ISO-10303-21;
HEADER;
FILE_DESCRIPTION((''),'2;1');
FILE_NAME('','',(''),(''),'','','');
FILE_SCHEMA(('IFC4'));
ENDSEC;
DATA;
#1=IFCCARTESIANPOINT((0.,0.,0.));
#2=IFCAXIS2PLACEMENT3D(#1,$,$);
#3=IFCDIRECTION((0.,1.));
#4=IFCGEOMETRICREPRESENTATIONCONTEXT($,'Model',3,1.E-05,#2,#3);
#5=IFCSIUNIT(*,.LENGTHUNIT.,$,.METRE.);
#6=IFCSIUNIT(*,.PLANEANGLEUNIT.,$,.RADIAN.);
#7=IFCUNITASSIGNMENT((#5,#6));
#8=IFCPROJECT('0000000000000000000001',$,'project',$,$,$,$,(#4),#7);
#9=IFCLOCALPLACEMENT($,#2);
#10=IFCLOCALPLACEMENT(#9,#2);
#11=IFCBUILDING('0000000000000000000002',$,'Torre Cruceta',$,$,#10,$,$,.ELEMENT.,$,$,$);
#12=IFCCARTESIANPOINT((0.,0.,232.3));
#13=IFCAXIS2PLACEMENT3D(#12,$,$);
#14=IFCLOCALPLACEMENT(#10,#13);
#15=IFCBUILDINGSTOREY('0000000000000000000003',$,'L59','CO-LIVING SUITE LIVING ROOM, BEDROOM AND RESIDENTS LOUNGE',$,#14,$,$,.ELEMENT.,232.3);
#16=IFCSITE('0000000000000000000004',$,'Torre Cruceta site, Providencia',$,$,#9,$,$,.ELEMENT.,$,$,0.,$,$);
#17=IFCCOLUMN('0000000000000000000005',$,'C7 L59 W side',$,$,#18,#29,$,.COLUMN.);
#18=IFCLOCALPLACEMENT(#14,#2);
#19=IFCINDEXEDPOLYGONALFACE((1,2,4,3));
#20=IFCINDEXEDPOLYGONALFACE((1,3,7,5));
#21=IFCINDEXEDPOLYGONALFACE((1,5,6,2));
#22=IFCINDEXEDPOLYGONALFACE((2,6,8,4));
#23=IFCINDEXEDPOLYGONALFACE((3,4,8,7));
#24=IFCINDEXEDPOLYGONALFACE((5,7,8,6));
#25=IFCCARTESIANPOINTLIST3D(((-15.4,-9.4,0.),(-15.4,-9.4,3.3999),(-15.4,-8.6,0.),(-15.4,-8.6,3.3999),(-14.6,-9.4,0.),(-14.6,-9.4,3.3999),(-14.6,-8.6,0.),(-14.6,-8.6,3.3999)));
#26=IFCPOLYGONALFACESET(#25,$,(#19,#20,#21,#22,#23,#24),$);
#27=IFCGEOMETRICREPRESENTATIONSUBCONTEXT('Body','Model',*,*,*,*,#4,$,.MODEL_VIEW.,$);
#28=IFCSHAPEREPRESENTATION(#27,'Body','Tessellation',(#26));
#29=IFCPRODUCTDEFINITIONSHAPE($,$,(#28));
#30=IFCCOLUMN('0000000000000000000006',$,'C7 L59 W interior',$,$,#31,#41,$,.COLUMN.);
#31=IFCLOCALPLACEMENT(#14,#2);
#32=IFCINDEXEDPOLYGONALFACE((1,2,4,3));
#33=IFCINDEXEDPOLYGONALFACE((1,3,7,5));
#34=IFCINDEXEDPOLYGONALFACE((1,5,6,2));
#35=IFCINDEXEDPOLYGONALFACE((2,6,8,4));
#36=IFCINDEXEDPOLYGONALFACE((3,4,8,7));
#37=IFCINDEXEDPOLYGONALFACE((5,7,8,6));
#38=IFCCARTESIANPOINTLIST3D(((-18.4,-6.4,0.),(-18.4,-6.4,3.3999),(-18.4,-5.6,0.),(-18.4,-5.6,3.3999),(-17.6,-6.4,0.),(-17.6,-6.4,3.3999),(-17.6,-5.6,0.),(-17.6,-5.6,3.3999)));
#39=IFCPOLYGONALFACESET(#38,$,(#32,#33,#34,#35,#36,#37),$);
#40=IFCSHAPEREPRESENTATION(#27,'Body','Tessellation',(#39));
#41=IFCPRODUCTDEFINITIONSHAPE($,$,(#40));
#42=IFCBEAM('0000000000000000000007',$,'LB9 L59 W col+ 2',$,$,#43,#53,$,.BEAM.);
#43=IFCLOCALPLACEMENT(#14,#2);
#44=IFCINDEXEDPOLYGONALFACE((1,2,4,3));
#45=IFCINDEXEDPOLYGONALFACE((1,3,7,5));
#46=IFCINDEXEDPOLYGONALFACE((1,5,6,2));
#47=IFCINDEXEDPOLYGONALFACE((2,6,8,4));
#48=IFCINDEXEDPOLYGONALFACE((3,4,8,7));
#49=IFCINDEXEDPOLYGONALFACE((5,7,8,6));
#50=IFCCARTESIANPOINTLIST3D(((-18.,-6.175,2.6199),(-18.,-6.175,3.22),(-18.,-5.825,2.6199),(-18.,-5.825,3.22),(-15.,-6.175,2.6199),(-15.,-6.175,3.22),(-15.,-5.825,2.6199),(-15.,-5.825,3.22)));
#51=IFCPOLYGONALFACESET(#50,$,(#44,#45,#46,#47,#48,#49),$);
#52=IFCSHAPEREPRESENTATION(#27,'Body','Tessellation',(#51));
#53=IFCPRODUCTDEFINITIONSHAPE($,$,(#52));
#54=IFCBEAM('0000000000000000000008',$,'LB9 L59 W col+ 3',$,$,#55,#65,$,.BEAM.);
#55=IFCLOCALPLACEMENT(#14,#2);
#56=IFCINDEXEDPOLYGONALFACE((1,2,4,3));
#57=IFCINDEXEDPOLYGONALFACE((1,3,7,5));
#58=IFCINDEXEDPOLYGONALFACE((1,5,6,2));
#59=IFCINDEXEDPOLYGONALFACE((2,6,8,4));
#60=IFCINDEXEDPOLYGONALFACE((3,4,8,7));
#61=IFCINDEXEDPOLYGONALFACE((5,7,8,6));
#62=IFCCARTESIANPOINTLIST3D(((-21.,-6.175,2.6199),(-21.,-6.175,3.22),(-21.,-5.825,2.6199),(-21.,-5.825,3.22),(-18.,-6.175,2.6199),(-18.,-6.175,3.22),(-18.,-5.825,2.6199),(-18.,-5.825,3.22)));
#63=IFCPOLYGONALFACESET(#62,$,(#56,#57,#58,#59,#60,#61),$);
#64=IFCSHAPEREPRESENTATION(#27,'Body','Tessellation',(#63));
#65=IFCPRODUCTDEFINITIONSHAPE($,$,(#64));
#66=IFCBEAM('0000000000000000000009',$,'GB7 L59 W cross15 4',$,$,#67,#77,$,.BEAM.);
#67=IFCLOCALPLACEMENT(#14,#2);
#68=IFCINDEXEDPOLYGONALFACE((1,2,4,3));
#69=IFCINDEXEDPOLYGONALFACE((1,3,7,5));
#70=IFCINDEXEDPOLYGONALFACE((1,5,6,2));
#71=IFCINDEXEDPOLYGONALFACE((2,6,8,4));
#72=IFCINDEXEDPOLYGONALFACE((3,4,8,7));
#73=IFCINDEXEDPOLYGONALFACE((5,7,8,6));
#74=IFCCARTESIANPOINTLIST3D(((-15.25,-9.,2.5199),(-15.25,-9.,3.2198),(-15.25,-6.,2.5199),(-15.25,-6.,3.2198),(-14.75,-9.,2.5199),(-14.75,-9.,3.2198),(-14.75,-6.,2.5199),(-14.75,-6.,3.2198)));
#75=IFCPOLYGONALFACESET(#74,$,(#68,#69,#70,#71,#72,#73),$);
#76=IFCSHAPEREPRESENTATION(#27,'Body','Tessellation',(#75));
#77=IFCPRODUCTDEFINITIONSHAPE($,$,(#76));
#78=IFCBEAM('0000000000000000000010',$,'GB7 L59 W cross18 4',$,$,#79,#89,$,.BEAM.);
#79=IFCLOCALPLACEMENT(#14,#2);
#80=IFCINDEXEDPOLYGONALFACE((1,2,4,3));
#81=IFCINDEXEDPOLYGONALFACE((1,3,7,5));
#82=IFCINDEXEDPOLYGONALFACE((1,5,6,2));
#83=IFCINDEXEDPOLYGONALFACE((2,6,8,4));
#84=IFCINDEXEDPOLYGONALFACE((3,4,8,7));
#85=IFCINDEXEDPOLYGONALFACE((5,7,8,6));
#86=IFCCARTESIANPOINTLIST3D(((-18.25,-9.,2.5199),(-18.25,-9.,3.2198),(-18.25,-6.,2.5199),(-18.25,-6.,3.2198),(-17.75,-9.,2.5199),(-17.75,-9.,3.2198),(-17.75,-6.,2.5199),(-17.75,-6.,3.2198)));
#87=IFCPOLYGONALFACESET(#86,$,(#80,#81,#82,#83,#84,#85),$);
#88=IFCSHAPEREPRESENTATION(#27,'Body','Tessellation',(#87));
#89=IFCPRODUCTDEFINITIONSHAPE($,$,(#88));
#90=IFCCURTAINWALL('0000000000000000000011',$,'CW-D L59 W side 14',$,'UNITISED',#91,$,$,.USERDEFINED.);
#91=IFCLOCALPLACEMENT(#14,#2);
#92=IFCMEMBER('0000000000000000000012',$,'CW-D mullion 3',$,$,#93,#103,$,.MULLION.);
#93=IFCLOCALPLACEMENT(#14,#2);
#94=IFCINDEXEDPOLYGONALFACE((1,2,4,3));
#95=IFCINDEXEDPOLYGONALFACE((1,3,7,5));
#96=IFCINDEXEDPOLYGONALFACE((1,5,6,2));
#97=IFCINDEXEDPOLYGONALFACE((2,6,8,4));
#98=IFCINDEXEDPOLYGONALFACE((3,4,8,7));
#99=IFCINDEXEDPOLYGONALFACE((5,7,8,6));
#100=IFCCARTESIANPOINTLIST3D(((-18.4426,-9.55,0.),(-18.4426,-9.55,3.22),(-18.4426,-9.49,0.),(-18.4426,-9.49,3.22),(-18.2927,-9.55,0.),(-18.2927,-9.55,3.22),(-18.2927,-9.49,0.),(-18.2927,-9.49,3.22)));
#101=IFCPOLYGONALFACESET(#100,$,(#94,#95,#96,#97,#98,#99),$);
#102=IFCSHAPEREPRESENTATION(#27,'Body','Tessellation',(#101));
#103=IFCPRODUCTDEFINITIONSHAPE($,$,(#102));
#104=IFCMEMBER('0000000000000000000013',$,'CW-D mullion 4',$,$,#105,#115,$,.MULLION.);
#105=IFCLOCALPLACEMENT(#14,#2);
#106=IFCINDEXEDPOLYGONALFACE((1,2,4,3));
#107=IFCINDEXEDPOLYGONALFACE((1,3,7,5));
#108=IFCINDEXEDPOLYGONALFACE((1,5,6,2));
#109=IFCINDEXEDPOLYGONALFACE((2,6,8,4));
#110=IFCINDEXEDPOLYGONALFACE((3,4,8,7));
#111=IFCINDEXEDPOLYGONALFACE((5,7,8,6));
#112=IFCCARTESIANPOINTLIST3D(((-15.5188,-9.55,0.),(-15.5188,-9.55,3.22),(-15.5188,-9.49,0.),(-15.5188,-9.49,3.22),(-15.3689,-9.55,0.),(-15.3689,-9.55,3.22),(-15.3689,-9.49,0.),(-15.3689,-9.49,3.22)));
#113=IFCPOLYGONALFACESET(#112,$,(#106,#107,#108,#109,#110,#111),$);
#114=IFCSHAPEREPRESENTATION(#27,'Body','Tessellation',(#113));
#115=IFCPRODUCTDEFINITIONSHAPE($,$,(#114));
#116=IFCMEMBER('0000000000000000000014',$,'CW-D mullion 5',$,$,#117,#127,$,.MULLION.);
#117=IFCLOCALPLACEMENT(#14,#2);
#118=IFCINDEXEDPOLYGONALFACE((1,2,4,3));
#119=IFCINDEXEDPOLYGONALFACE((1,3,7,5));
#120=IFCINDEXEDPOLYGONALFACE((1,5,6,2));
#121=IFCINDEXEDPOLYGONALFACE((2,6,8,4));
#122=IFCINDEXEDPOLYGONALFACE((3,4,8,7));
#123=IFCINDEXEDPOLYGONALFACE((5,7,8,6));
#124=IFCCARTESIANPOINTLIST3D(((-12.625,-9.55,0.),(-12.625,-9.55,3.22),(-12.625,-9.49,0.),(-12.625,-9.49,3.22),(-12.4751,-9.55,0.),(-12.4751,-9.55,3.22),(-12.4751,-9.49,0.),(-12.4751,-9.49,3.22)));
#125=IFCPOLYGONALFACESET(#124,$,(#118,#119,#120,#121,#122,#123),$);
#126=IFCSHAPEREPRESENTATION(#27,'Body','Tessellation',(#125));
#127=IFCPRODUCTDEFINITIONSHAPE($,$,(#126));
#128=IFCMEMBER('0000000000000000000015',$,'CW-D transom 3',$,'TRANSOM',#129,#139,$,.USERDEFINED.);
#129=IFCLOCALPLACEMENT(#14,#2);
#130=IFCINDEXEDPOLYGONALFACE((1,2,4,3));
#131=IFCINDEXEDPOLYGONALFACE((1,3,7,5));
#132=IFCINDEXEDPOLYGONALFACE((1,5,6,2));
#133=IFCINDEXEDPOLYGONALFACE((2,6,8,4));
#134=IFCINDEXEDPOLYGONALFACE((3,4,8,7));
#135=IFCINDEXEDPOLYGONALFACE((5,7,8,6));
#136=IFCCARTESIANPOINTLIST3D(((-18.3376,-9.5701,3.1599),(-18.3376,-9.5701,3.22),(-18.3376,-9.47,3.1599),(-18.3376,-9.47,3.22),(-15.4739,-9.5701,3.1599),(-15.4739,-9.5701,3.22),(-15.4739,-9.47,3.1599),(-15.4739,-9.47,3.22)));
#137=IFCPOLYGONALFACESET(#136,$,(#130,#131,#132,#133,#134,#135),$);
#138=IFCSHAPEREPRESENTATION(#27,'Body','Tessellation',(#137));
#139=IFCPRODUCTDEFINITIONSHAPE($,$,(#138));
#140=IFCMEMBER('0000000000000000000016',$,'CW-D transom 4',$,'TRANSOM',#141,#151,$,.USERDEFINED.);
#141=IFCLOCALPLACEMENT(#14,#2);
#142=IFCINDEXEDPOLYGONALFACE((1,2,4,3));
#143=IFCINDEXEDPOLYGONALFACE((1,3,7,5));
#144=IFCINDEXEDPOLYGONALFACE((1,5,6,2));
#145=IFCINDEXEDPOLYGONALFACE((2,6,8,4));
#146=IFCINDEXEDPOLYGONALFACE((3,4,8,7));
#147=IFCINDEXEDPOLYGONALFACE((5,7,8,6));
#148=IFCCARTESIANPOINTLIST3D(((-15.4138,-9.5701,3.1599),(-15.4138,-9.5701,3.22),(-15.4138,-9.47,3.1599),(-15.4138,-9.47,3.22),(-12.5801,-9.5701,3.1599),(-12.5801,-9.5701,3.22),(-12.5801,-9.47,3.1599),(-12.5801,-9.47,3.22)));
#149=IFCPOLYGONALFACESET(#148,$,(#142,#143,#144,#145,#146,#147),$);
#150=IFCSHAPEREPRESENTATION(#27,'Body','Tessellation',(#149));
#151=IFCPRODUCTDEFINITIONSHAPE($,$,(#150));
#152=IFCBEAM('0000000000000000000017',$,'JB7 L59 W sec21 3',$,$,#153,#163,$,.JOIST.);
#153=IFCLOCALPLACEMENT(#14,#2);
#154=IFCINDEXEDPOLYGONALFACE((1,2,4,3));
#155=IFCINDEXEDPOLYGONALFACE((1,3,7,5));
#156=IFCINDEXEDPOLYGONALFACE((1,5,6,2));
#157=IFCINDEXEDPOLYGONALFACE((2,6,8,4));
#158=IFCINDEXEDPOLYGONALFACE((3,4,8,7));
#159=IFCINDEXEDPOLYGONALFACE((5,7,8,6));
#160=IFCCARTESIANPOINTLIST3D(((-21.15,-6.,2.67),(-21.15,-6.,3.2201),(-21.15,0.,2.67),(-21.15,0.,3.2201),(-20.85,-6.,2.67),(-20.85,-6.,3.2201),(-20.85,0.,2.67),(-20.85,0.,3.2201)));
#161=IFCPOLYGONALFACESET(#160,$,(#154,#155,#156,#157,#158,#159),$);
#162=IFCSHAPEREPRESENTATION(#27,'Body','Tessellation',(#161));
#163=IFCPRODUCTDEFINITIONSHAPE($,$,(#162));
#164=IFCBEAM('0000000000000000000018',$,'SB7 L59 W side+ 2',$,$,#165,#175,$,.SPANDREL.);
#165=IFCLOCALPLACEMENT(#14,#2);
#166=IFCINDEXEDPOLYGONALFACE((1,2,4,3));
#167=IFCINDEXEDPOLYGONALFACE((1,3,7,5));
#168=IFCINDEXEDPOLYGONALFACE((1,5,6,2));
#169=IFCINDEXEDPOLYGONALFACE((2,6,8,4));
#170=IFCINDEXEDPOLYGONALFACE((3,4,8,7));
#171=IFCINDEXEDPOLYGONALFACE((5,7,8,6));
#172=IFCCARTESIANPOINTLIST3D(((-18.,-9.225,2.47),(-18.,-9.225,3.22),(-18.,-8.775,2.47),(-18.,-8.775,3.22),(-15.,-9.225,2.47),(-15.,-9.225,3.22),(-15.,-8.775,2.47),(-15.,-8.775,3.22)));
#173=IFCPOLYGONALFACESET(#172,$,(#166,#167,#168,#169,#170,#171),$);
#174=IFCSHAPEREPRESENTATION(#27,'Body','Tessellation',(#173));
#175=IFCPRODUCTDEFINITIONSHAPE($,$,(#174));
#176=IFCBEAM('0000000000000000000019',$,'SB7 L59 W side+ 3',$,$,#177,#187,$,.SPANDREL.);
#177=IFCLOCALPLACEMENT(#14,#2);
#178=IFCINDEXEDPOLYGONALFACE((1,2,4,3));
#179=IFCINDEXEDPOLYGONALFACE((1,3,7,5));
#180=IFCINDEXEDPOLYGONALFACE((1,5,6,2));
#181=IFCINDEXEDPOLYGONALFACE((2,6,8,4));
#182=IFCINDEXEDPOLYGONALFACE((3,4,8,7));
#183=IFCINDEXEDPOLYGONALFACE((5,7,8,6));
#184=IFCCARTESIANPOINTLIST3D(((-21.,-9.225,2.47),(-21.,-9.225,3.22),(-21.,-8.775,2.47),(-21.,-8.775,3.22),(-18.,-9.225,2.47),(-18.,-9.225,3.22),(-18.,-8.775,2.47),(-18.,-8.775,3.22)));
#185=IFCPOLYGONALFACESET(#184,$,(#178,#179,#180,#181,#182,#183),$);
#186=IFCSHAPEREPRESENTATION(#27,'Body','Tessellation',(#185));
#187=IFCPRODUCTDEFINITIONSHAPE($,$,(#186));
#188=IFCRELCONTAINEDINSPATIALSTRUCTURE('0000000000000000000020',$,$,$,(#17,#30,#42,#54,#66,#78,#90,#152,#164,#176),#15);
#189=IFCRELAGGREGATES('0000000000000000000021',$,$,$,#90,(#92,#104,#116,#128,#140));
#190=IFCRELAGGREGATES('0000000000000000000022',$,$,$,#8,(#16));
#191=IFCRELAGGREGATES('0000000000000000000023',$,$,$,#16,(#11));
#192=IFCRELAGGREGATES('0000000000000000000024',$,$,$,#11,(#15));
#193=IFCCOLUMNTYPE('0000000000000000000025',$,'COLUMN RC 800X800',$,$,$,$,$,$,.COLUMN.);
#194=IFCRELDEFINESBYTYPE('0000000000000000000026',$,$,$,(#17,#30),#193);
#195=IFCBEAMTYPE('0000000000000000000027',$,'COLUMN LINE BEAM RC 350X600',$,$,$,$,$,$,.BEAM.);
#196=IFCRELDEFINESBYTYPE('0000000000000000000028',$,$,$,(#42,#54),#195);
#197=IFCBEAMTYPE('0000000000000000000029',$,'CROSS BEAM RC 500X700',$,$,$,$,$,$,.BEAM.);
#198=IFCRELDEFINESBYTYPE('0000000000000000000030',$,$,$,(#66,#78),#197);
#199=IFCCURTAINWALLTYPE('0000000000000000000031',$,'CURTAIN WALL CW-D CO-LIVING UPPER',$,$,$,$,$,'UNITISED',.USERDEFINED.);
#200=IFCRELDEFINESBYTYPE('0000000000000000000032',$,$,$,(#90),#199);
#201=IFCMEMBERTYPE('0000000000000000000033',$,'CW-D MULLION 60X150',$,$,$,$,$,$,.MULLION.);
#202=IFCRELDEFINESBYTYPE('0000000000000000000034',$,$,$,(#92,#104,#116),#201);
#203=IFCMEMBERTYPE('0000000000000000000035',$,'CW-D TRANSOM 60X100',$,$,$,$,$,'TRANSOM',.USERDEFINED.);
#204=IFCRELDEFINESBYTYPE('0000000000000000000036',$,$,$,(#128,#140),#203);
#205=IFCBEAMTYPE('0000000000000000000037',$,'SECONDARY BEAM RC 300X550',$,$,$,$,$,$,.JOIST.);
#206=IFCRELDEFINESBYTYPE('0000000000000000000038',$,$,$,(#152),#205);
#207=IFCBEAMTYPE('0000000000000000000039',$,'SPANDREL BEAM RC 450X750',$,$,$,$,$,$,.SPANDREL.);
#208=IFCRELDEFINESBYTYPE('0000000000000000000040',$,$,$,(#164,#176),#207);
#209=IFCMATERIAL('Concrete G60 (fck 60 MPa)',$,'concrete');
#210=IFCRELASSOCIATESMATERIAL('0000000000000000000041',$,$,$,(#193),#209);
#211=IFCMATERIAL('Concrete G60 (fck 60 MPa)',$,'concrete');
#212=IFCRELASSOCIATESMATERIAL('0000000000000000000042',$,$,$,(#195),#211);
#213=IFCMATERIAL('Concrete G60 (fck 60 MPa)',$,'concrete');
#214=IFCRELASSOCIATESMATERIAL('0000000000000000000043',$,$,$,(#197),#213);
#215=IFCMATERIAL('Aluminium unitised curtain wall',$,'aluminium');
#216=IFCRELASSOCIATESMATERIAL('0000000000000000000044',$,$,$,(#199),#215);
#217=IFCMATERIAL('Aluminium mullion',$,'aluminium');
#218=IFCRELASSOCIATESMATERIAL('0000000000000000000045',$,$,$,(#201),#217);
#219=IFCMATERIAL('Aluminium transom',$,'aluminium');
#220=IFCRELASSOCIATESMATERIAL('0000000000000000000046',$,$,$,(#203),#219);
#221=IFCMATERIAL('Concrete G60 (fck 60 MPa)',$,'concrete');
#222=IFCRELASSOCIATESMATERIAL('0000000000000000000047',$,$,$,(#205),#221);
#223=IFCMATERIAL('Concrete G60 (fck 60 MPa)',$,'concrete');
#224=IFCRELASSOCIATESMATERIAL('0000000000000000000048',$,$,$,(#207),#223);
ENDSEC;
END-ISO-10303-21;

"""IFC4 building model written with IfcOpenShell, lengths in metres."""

from ifc_helpers import new_model, si_unit, direction, frame, origin, origin_2d, place, context, subcontext, project, spatial, rectangle, extrude, material, material_profile, profile_set, type_object, element, aggregate, save


model = new_model("IFC4")

# Units and contexts
model_context = context("Model", 3, precision=1e-05, world=origin(), true_north=direction((0.0, 1.0)))
body_context = subcontext(model_context, "Body", "Model", "MODEL_VIEW")
ifc_project = project(units=[si_unit("LENGTHUNIT", "METRE"), si_unit("PLANEANGLEUNIT", "RADIAN")], contexts=[model_context])

# Site, building, storey
site_placement = place(None, origin())
site = spatial("IfcSite", under=ifc_project, at=site_placement, Name="Torre Cruceta site, Providencia", CompositionType="ELEMENT", RefElevation=0.0)
building_placement = place(site_placement, origin())
building = spatial("IfcBuilding", under=site, at=building_placement, Name="Torre Cruceta", CompositionType="ELEMENT")
storey_placement = place(building_placement, frame((0.0, 0.0, 232.3)))
storey = spatial("IfcBuildingStorey", under=building, at=storey_placement, Name="L59", Description="CO-LIVING SUITE LIVING ROOM, BEDROOM AND RESIDENTS LOUNGE", CompositionType="ELEMENT", Elevation=232.3)

# Columns
ifc_material_1 = material(Name="Concrete G60 (fck 60 MPa)", Category="concrete")
ifc_material_profile_1 = material_profile(ifc_material_1, rectangle(XDim=0.8, YDim=0.8, at=origin_2d()), Name="RC 800X800")
ifc_profile_set_1 = profile_set([ifc_material_profile_1], Name="Concrete G60 (fck 60 MPa)")
column_type = type_object("IfcColumnType", Name="COLUMN RC 800X800", PredefinedType="COLUMN", material=ifc_profile_set_1)
for number, where, z_axis, x_axis, name in (
    (1, (-15.0, -9.0, 0.0), (0.0, 0.0, 1.0), (1.0, 0.0, 0.0), "C7 L59 W side"),
    (2, (-18.0, -6.0, 0.0), (0.0, 0.0, 1.0), (1.0, 0.0, 0.0), "C7 L59 W interior"),
):
    element("IfcColumn", number, at=place(storey_placement, frame(where, z_axis=z_axis, x_axis=x_axis)), inside=storey, type_object=column_type, Name=name, PredefinedType="COLUMN", context=body_context, shape_type="SweptSolid", body=[
        extrude(rectangle(XDim=0.8, YDim=0.8, at=origin_2d()), origin(), (0.0, 0.0, 1.0), 3.3999),
    ])

# Beams
ifc_material_2 = material(Name="Concrete G60 (fck 60 MPa)", Category="concrete")
ifc_material_profile_2 = material_profile(ifc_material_2, rectangle(XDim=0.3501, YDim=0.6001, at=origin_2d()), Name="RC 350X600")
ifc_profile_set_2 = profile_set([ifc_material_profile_2], Name="Concrete G60 (fck 60 MPa)")
beam_type_1 = type_object("IfcBeamType", Name="COLUMN LINE BEAM RC 350X600", PredefinedType="BEAM", material=ifc_profile_set_2)
for number, where, z_axis, x_axis, name in (
    (3, (-15.0, -6.0, 2.9199), (-1.0, 0.0, 0.0), (0.0, -1.0, 0.0), "LB9 L59 W col+ 2"),
    (4, (-18.0, -6.0, 2.9199), (-1.0, 0.0, 0.0), (0.0, -1.0, 0.0), "LB9 L59 W col+ 3"),
):
    element("IfcBeam", number, at=place(storey_placement, frame(where, z_axis=z_axis, x_axis=x_axis)), inside=storey, type_object=beam_type_1, Name=name, PredefinedType="BEAM", context=body_context, shape_type="SweptSolid", body=[
        extrude(rectangle(XDim=0.3501, YDim=0.6001, at=origin_2d()), origin(), (0.0, 0.0, 1.0), 3.0),
    ])
ifc_material_3 = material(Name="Concrete G60 (fck 60 MPa)", Category="concrete")
ifc_material_profile_3 = material_profile(ifc_material_3, rectangle(XDim=0.5, YDim=0.7, at=origin_2d()), Name="RC 500X700")
ifc_profile_set_3 = profile_set([ifc_material_profile_3], Name="Concrete G60 (fck 60 MPa)")
beam_type_2 = type_object("IfcBeamType", Name="CROSS BEAM RC 500X700", PredefinedType="BEAM", material=ifc_profile_set_3)
for number, where, z_axis, x_axis, name in (
    (5, (-15.0, -6.0, 2.8699), (0.0, -1.0, 0.0), (1.0, 0.0, 0.0), "GB7 L59 W cross15 4"),
    (6, (-18.0, -6.0, 2.8699), (0.0, -1.0, 0.0), (1.0, 0.0, 0.0), "GB7 L59 W cross18 4"),
):
    element("IfcBeam", number, at=place(storey_placement, frame(where, z_axis=z_axis, x_axis=x_axis)), inside=storey, type_object=beam_type_2, Name=name, PredefinedType="BEAM", context=body_context, shape_type="SweptSolid", body=[
        extrude(rectangle(XDim=0.5, YDim=0.7, at=origin_2d()), origin(), (0.0, 0.0, 1.0), 3.0),
    ])

# Curtain wall, members
ifc_material_4 = material(Name="Aluminium unitised curtain wall", Category="aluminium")
curtain_wall_type = type_object("IfcCurtainWallType", Name="CURTAIN WALL CW-D CO-LIVING UPPER", ElementType="UNITISED", PredefinedType="USERDEFINED", material=ifc_material_4)
curtain_wall_placement = place(storey_placement, origin())
curtain_wall = element("IfcCurtainWall", 7, at=curtain_wall_placement, inside=storey, type_object=curtain_wall_type, Name="CW-D L59 W side 14", ObjectType="UNITISED", PredefinedType="USERDEFINED")
ifc_material_5 = material(Name="Aluminium mullion", Category="aluminium")
ifc_material_profile_4 = material_profile(ifc_material_5, rectangle(XDim=0.0601, YDim=0.1499, at=origin_2d()), Name="AL 60X150")
ifc_profile_set_4 = profile_set([ifc_material_profile_4], Name="Aluminium mullion")
member_type_1 = type_object("IfcMemberType", Name="CW-D MULLION 60X150", PredefinedType="MULLION", material=ifc_profile_set_4)
member_1_placement = place(storey_placement, frame((-18.3677, -9.52, 0.0), z_axis=(0.0, 0.0, 1.0), x_axis=(0.0, 1.0, 0.0)))
member_1 = element("IfcMember", 8, at=member_1_placement, type_object=member_type_1, Name="CW-D mullion 3", PredefinedType="MULLION", context=body_context, shape_type="SweptSolid", body=[
    extrude(rectangle(XDim=0.0601, YDim=0.1499, at=origin_2d()), origin(), (0.0, 0.0, 1.0), 3.22),
])
member_2_placement = place(storey_placement, frame((-15.4438, -9.52, 0.0), z_axis=(0.0, 0.0, 1.0), x_axis=(0.0, 1.0, 0.0)))
member_2 = element("IfcMember", 9, at=member_2_placement, type_object=member_type_1, Name="CW-D mullion 4", PredefinedType="MULLION", context=body_context, shape_type="SweptSolid", body=[
    extrude(rectangle(XDim=0.0601, YDim=0.1499, at=origin_2d()), origin(), (0.0, 0.0, 1.0), 3.22),
])
member_3_placement = place(storey_placement, frame((-12.55, -9.52, 0.0), z_axis=(0.0, 0.0, 1.0), x_axis=(0.0, 1.0, 0.0)))
member_3 = element("IfcMember", 10, at=member_3_placement, type_object=member_type_1, Name="CW-D mullion 5", PredefinedType="MULLION", context=body_context, shape_type="SweptSolid", body=[
    extrude(rectangle(XDim=0.0601, YDim=0.1499, at=origin_2d()), origin(), (0.0, 0.0, 1.0), 3.22),
])
ifc_material_6 = material(Name="Aluminium transom", Category="aluminium")
ifc_material_profile_5 = material_profile(ifc_material_6, rectangle(XDim=0.1001, YDim=0.0601, at=origin_2d()), Name="AL 100X60")
ifc_profile_set_5 = profile_set([ifc_material_profile_5], Name="Aluminium transom")
member_type_2 = type_object("IfcMemberType", Name="CW-D TRANSOM 60X100", ElementType="TRANSOM", PredefinedType="USERDEFINED", material=ifc_profile_set_5)
member_4_placement = place(storey_placement, frame((-18.3376, -9.52, 3.1899), z_axis=(1.0, 0.0, 0.0), x_axis=(0.0, 1.0, 0.0)))
member_4 = element("IfcMember", 11, at=member_4_placement, type_object=member_type_2, Name="CW-D transom 3", ObjectType="TRANSOM", PredefinedType="USERDEFINED", context=body_context, shape_type="SweptSolid", body=[
    extrude(rectangle(XDim=0.1001, YDim=0.0601, at=origin_2d()), origin(), (0.0, 0.0, 1.0), 2.8638),
])
member_5_placement = place(storey_placement, frame((-15.4138, -9.52, 3.1899), z_axis=(1.0, 0.0, 0.0), x_axis=(0.0, 1.0, 0.0)))
member_5 = element("IfcMember", 12, at=member_5_placement, type_object=member_type_2, Name="CW-D transom 4", ObjectType="TRANSOM", PredefinedType="USERDEFINED", context=body_context, shape_type="SweptSolid", body=[
    extrude(rectangle(XDim=0.1001, YDim=0.0601, at=origin_2d()), origin(), (0.0, 0.0, 1.0), 2.8337),
])

# Beams
ifc_material_7 = material(Name="Concrete G60 (fck 60 MPa)", Category="concrete")
ifc_material_profile_6 = material_profile(ifc_material_7, rectangle(XDim=0.3, YDim=0.55, at=origin_2d()), Name="RC 300X550")
ifc_profile_set_6 = profile_set([ifc_material_profile_6], Name="Concrete G60 (fck 60 MPa)")
beam_type_3 = type_object("IfcBeamType", Name="SECONDARY BEAM RC 300X550", PredefinedType="JOIST", material=ifc_profile_set_6)
beam_placement = place(storey_placement, frame((-21.0, 0.0, 2.9451), z_axis=(0.0, -1.0, 0.0), x_axis=(1.0, 0.0, 0.0)))
element("IfcBeam", 13, at=beam_placement, inside=storey, type_object=beam_type_3, Name="JB7 L59 W sec21 3", PredefinedType="JOIST", context=body_context, shape_type="SweptSolid", body=[
    extrude(rectangle(XDim=0.3, YDim=0.55, at=origin_2d()), origin(), (0.0, 0.0, 1.0), 6.0),
])
ifc_material_8 = material(Name="Concrete G60 (fck 60 MPa)", Category="concrete")
ifc_material_profile_7 = material_profile(ifc_material_8, rectangle(XDim=0.45, YDim=0.75, at=origin_2d()), Name="RC 450X750")
ifc_profile_set_7 = profile_set([ifc_material_profile_7], Name="Concrete G60 (fck 60 MPa)")
beam_type_4 = type_object("IfcBeamType", Name="SPANDREL BEAM RC 450X750", PredefinedType="SPANDREL", material=ifc_profile_set_7)
for number, where, z_axis, x_axis, name in (
    (14, (-15.0, -9.0, 2.845), (-1.0, 0.0, 0.0), (0.0, -1.0, 0.0), "SB7 L59 W side+ 2"),
    (15, (-18.0, -9.0, 2.845), (-1.0, 0.0, 0.0), (0.0, -1.0, 0.0), "SB7 L59 W side+ 3"),
):
    element("IfcBeam", number, at=place(storey_placement, frame(where, z_axis=z_axis, x_axis=x_axis)), inside=storey, type_object=beam_type_4, Name=name, PredefinedType="SPANDREL", context=body_context, shape_type="SweptSolid", body=[
        extrude(rectangle(XDim=0.45, YDim=0.75, at=origin_2d()), origin(), (0.0, 0.0, 1.0), 3.0),
    ])

aggregate(curtain_wall, [member_1, member_2, member_3, member_4, member_5])

save(model, "model.ifc")
